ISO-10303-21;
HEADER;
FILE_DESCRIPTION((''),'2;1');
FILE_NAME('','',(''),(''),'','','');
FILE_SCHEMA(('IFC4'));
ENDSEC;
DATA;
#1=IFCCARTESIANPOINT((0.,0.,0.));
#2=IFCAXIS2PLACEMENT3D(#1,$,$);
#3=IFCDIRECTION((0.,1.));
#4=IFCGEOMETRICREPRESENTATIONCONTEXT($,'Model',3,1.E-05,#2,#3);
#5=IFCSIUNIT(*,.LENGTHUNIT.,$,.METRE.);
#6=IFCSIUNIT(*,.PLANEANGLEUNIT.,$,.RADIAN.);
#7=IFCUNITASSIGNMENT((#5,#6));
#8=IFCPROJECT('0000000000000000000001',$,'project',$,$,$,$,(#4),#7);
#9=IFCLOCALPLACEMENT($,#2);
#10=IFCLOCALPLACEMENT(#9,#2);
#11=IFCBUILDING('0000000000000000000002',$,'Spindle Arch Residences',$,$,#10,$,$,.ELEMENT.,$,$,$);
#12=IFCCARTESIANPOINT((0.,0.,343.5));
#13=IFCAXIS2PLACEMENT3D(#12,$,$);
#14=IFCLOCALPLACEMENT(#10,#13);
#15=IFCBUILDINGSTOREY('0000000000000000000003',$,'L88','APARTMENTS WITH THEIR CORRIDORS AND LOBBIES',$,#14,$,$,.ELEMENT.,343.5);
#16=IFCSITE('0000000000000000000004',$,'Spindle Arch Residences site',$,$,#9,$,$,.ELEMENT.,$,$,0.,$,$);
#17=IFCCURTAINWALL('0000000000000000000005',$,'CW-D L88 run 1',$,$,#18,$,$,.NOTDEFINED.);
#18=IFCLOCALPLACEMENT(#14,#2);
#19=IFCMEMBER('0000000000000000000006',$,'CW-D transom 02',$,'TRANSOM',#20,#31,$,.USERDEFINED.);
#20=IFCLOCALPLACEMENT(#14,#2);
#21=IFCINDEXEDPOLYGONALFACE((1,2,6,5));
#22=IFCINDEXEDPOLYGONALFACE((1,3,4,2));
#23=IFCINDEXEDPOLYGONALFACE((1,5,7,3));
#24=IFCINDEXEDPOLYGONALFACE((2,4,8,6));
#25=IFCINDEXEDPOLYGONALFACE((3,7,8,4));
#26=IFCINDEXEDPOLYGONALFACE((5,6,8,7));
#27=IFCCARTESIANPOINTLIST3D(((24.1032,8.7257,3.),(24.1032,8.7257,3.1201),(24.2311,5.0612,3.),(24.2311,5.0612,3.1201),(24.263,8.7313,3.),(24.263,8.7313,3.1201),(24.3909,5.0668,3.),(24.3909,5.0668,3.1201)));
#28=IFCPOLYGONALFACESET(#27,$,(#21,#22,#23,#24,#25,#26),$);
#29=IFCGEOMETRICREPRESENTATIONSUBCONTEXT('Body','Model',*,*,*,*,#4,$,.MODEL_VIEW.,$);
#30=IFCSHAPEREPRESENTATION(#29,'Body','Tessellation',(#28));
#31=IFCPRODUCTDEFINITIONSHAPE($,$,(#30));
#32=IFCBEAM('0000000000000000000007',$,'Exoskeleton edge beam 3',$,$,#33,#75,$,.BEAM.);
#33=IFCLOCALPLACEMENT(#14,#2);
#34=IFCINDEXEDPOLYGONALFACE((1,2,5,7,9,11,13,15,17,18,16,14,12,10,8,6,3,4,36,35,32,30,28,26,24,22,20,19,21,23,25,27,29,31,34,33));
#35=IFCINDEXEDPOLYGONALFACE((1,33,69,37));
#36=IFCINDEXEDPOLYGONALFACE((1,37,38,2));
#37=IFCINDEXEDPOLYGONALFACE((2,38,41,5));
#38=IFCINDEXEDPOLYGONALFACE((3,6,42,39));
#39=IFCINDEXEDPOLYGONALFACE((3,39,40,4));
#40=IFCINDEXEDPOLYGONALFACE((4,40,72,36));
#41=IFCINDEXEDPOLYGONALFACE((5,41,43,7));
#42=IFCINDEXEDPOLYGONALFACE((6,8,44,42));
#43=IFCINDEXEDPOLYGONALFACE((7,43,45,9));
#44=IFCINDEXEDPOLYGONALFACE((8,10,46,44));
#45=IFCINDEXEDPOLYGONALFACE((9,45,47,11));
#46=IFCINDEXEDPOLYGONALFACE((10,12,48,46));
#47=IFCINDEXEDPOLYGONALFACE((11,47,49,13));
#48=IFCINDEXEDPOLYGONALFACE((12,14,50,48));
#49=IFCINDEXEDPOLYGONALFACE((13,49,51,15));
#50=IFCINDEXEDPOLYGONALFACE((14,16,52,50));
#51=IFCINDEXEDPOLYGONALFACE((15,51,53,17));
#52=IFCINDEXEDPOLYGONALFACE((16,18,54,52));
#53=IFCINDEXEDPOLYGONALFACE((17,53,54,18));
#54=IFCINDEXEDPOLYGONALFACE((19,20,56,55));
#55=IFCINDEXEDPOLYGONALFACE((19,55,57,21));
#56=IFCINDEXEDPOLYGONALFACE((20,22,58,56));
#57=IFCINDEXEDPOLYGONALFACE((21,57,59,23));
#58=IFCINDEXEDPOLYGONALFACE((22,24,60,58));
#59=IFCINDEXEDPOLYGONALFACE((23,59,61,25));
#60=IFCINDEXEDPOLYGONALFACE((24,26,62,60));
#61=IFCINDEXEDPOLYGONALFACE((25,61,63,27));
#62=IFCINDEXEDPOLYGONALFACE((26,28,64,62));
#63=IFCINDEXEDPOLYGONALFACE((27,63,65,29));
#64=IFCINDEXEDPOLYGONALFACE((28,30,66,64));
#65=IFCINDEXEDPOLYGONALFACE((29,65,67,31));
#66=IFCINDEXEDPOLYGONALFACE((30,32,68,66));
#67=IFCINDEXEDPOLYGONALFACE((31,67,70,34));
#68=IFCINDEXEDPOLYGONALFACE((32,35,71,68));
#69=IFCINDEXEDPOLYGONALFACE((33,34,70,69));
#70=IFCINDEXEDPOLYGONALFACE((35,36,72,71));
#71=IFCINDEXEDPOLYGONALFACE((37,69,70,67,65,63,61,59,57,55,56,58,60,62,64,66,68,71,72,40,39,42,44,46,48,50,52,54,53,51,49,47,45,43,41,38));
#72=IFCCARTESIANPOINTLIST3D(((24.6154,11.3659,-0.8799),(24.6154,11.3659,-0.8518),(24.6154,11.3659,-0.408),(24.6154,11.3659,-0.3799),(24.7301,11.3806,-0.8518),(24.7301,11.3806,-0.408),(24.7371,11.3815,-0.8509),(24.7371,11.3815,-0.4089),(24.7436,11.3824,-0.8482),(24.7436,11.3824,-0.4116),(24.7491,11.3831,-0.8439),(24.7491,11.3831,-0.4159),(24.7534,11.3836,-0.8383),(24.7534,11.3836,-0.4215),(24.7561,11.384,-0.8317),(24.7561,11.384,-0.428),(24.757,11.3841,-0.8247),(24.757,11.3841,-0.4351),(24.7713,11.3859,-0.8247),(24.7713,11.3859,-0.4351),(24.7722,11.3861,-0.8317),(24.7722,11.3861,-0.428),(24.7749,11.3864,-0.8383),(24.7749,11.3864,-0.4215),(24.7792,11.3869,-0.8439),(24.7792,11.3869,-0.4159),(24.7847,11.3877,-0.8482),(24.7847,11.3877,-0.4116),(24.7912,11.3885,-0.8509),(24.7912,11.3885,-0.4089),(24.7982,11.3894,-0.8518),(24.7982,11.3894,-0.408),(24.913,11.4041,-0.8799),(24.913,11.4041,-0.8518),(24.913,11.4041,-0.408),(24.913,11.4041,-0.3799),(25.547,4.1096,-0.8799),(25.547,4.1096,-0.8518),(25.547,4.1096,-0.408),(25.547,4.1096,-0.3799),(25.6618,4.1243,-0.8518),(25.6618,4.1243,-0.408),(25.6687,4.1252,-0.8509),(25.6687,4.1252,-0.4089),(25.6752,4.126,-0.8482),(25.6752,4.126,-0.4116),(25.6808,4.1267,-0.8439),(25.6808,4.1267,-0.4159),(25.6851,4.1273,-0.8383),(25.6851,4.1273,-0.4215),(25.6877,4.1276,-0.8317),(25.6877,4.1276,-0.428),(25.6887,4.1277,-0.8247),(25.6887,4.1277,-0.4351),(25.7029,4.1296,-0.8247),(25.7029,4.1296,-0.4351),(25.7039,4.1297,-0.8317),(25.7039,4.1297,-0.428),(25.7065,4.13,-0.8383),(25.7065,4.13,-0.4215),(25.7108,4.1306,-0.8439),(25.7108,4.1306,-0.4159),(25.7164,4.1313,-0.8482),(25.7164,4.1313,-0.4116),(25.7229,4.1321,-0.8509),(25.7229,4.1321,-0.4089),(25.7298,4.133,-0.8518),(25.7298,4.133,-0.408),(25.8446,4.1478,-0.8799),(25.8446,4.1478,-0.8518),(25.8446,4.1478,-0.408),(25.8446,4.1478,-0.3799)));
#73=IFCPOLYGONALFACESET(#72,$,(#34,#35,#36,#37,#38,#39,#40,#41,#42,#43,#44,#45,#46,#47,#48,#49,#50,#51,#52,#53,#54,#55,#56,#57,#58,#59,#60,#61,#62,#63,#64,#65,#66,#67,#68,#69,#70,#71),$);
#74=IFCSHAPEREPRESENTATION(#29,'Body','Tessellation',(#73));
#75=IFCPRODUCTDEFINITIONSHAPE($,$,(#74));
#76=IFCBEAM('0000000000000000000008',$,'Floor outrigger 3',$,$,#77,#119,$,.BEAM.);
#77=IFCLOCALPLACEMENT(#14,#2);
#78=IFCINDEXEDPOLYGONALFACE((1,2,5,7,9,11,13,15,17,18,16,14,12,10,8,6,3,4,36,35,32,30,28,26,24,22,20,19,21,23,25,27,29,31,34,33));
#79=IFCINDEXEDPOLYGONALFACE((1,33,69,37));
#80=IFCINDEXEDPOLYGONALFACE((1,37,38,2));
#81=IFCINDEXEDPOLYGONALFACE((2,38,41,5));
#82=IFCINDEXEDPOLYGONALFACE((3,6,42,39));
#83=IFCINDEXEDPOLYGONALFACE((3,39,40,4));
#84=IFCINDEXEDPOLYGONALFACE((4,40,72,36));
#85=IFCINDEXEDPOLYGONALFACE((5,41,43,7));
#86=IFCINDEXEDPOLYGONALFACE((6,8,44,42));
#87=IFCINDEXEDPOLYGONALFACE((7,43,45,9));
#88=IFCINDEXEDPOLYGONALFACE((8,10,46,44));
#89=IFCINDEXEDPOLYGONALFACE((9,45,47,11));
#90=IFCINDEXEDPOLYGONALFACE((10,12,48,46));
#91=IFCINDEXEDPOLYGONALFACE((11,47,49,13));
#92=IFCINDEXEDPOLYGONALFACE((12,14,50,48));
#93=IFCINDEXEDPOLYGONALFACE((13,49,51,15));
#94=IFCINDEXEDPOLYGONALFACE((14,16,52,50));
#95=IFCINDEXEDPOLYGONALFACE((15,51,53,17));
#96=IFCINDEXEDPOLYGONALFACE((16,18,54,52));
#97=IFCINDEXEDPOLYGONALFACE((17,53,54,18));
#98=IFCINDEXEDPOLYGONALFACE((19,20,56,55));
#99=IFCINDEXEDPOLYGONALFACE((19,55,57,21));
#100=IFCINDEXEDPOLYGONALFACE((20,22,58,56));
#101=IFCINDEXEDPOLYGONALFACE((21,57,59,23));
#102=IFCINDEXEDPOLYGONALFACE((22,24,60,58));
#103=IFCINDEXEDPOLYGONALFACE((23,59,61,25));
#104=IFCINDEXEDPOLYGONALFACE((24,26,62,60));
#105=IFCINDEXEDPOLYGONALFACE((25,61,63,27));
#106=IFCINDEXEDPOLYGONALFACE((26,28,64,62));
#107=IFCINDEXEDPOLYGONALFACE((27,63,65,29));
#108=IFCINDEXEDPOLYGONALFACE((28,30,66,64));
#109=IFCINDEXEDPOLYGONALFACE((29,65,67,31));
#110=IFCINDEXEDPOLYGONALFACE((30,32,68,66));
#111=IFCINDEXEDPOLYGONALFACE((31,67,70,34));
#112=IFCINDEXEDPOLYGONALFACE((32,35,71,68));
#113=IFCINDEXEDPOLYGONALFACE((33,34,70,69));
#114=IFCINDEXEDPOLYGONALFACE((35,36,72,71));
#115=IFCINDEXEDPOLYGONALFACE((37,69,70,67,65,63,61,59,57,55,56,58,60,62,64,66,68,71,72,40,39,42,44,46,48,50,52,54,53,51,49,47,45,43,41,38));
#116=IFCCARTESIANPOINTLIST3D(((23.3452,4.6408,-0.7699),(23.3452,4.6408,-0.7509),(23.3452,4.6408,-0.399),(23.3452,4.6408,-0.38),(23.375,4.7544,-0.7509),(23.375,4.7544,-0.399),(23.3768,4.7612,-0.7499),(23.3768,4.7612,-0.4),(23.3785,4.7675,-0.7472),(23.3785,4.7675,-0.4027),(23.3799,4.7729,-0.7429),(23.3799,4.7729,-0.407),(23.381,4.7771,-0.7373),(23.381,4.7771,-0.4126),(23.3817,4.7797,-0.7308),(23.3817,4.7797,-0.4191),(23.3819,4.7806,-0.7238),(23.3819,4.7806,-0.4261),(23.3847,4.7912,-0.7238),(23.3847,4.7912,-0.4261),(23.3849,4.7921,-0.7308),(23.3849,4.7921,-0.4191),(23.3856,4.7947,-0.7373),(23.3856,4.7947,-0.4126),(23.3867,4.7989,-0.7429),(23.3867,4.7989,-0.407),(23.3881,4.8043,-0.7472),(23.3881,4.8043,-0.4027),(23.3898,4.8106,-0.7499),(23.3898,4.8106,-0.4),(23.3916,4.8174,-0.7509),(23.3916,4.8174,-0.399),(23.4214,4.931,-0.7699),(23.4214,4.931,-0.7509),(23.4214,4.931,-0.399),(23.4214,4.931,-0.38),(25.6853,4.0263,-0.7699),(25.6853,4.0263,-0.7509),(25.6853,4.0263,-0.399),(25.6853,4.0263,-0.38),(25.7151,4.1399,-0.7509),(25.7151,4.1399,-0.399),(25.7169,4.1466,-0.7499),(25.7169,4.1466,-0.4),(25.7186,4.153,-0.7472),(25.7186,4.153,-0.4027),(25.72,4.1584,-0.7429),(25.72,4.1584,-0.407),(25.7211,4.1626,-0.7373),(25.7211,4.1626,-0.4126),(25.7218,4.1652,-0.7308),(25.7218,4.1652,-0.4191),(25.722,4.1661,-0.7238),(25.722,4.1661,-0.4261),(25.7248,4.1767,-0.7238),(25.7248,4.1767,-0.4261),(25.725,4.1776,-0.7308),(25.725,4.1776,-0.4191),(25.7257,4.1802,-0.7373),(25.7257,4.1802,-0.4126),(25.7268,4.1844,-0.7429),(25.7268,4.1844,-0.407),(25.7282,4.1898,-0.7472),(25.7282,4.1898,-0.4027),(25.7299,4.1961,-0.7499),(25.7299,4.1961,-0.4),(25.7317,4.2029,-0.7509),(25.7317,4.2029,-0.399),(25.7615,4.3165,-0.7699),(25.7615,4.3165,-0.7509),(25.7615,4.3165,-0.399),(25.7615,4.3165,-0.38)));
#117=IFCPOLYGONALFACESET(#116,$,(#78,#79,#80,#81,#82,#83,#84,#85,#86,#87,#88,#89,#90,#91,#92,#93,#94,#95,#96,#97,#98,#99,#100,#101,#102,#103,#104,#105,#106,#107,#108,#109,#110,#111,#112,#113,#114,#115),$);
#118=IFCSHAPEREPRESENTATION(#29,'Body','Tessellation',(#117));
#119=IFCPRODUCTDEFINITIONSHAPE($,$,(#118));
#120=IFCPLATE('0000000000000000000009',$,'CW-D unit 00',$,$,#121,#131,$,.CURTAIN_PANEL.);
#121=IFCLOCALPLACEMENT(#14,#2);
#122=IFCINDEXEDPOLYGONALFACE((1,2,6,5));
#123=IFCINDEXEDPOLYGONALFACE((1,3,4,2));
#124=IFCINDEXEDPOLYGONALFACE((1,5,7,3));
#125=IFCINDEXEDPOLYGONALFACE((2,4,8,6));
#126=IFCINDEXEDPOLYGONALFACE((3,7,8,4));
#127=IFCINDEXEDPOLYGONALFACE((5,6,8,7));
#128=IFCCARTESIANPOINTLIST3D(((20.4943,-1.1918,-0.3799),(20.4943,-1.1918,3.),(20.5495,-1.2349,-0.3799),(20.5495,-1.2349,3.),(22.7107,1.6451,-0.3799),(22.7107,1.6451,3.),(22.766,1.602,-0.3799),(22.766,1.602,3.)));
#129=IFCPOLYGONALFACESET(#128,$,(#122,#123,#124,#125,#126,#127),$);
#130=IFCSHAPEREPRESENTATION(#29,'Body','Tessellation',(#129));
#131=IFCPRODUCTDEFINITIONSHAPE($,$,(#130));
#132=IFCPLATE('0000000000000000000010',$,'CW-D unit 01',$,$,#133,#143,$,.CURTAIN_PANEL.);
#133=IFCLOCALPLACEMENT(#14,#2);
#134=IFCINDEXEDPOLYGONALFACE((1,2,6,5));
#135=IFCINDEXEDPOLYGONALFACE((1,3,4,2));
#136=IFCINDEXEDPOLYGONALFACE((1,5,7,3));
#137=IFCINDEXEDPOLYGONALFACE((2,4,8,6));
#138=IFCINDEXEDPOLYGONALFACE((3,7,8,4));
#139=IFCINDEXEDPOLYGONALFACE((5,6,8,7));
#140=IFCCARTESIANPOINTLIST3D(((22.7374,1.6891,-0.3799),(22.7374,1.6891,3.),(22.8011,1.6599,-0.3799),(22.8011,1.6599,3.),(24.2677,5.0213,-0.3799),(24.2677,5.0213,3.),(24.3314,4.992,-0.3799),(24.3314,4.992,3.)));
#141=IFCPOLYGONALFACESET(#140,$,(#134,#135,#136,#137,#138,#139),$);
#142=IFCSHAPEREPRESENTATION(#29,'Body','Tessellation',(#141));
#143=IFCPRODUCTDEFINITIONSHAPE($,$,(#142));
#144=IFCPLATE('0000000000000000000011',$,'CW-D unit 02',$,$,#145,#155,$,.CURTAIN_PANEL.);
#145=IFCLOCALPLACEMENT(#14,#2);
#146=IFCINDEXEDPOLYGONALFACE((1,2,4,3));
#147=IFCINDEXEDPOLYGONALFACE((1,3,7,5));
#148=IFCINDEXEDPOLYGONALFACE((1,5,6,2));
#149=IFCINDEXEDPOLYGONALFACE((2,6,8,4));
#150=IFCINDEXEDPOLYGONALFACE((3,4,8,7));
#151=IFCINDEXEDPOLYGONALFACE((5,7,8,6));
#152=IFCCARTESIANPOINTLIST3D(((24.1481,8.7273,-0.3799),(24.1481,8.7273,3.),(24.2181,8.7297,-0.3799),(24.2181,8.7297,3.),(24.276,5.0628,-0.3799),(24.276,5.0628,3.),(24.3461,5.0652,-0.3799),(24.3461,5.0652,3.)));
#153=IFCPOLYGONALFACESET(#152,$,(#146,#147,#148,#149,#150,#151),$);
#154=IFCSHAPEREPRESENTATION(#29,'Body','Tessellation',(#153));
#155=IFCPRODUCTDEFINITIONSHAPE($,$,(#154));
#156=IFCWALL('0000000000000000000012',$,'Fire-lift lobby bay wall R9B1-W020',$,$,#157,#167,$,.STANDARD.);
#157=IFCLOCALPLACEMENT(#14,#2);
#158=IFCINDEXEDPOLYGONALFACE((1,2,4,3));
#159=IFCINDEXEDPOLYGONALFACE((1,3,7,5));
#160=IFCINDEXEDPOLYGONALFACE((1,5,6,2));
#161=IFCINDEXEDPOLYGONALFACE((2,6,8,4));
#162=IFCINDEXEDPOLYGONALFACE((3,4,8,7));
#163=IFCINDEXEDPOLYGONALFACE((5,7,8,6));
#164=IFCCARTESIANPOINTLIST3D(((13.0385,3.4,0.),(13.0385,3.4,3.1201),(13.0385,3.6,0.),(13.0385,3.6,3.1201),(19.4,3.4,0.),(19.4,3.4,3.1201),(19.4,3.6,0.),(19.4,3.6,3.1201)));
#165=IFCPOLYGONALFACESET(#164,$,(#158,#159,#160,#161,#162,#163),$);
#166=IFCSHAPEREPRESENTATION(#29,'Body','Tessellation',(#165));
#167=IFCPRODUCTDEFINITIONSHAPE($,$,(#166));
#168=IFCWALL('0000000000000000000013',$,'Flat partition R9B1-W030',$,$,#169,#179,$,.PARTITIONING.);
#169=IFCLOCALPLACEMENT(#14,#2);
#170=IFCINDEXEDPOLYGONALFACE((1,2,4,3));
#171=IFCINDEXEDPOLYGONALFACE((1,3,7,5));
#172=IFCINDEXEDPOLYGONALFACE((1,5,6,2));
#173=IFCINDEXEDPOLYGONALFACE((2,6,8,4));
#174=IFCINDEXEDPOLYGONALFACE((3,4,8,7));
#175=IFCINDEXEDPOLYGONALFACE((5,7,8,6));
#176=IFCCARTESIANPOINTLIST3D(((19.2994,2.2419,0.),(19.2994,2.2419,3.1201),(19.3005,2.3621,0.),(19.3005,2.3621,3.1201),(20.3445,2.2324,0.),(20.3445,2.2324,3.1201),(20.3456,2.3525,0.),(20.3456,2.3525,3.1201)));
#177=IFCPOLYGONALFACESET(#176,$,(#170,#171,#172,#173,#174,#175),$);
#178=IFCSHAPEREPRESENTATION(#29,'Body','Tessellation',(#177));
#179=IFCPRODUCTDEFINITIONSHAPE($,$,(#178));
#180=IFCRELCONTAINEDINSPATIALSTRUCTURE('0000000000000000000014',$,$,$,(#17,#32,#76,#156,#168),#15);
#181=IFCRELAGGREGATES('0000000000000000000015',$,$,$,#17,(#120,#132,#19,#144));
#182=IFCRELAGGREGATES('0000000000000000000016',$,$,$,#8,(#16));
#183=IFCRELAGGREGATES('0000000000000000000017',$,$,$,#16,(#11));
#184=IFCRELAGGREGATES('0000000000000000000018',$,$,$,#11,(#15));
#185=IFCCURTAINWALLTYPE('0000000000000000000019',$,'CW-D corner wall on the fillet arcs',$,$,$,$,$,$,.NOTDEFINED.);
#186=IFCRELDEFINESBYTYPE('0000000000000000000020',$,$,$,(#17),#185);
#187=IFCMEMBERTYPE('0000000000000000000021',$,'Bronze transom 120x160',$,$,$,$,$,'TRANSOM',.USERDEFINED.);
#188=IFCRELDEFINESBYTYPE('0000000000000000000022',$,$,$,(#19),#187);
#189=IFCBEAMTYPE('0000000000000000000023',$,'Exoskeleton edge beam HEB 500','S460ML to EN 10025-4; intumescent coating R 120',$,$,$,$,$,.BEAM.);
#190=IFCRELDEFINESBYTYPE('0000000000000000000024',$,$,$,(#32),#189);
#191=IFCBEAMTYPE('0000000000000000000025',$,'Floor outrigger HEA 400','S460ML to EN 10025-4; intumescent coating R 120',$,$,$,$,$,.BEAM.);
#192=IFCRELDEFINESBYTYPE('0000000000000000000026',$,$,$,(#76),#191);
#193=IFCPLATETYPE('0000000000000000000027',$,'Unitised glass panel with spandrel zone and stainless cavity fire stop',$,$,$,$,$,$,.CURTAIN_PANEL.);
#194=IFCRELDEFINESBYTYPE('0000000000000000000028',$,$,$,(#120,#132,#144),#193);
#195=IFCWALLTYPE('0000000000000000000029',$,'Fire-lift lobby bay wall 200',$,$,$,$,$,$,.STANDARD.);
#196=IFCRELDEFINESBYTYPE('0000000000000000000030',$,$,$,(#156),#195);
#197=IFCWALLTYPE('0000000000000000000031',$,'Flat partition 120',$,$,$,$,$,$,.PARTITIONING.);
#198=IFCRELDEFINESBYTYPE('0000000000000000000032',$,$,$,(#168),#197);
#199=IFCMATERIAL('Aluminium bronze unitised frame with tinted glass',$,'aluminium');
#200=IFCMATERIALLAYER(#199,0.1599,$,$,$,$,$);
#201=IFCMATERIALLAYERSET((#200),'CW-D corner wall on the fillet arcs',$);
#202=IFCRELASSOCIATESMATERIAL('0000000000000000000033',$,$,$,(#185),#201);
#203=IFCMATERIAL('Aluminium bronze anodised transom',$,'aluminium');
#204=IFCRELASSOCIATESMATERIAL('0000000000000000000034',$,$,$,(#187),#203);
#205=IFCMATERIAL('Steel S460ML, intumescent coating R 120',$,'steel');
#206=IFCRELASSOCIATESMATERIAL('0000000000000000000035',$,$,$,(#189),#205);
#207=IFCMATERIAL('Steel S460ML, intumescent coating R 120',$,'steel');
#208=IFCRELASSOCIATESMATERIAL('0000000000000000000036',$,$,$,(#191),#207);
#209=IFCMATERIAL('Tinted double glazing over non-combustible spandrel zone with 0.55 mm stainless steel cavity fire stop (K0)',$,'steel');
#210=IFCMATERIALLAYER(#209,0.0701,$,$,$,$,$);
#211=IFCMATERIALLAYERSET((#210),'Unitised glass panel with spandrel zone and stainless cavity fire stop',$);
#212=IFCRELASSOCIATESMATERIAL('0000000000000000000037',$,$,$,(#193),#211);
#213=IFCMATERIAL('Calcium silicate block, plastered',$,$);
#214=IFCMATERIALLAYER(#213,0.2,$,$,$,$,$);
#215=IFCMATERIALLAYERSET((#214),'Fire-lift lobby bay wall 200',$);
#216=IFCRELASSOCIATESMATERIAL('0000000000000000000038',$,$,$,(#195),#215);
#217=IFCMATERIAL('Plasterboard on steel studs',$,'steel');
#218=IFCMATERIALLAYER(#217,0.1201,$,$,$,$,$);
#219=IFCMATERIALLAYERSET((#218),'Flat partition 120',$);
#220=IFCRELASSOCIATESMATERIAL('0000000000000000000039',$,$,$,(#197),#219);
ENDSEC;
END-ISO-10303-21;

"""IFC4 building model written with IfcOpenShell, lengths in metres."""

from ifc_helpers import new_model, si_unit, direction, frame, frame_2d, origin, origin_2d, place, context, subcontext, project, spatial, rectangle, i_section, extrude, material, layer, layer_set, material_profile, profile_set, type_object, element, aggregate, save


model = new_model("IFC4")

# Units and contexts
model_context = context("Model", 3, precision=1e-05, world=origin(), true_north=direction((0.0, 1.0)))
body_context = subcontext(model_context, "Body", "Model", "MODEL_VIEW")
ifc_project = project(units=[si_unit("LENGTHUNIT", "METRE"), si_unit("PLANEANGLEUNIT", "RADIAN")], contexts=[model_context])

# Site, building, storey
site_placement = place(None, origin())
site = spatial("IfcSite", under=ifc_project, at=site_placement, Name="Spindle Arch Residences site", CompositionType="ELEMENT", RefElevation=0.0)
building_placement = place(site_placement, origin())
building = spatial("IfcBuilding", under=site, at=building_placement, Name="Spindle Arch Residences", CompositionType="ELEMENT")
storey_placement = place(building_placement, frame((0.0, 0.0, 343.5)))
storey = spatial("IfcBuildingStorey", under=building, at=storey_placement, Name="L88", Description="APARTMENTS WITH THEIR CORRIDORS AND LOBBIES", CompositionType="ELEMENT", Elevation=343.5)

# Curtain wall, member
ifc_material_1 = material(Name="Aluminium bronze unitised frame with tinted glass", Category="aluminium")
ifc_layer_1 = layer(ifc_material_1, 0.1599)
ifc_layer_set_1 = layer_set([ifc_layer_1], Name="CW-D corner wall on the fillet arcs")
curtain_wall_type = type_object("IfcCurtainWallType", Name="CW-D corner wall on the fillet arcs", PredefinedType="NOTDEFINED", material=ifc_layer_set_1)
curtain_wall_placement = place(storey_placement, origin())
curtain_wall = element("IfcCurtainWall", 1, at=curtain_wall_placement, inside=storey, type_object=curtain_wall_type, Name="CW-D L88 run 1", PredefinedType="NOTDEFINED")
ifc_material_2 = material(Name="Aluminium bronze anodised transom", Category="aluminium")
ifc_material_profile_1 = material_profile(ifc_material_2, rectangle(XDim=0.1599, YDim=0.1201, at=origin_2d()), Name="TR 120x160")
ifc_profile_set_1 = profile_set([ifc_material_profile_1], Name="Aluminium bronze anodised transom")
member_type_1 = type_object("IfcMemberType", Name="Bronze transom 120x160", ElementType="TRANSOM", PredefinedType="USERDEFINED", material=ifc_profile_set_1)
member_1_placement = place(storey_placement, frame((24.311, 5.064, 3.0601), z_axis=(-0.034889, 0.999391, 0.0), x_axis=(-0.999391, -0.034889, 0.0)))
member_1 = element("IfcMember", 2, at=member_1_placement, type_object=member_type_1, Name="CW-D transom 02", ObjectType="TRANSOM", PredefinedType="USERDEFINED", context=body_context, shape_type="SweptSolid", body=[
    extrude(rectangle(XDim=0.1599, YDim=0.1201, at=origin_2d()), origin(), (0.0, 0.0, 1.0), 3.6667),
])

# Beams
ifc_material_3 = material(Name="Steel S460ML, intumescent coating R 120", Category="steel")
ifc_material_profile_2 = material_profile(ifc_material_3, i_section(OverallWidth=0.3, OverallDepth=0.5, WebThickness=0.0144, FlangeThickness=0.0281, FilletRadius=0.0271, at=origin_2d()), Name="HEB 500")
ifc_profile_set_2 = profile_set([ifc_material_profile_2], Name="Steel S460ML, intumescent coating R 120")
beam_type_1 = type_object("IfcBeamType", Name="Exoskeleton edge beam HEB 500", Description="S460ML to EN 10025-4; intumescent coating R 120", PredefinedType="BEAM", material=ifc_profile_set_2)
beam_1_placement = place(storey_placement, frame((25.6958, 4.1287, -0.6299), z_axis=(-0.127344, 0.991859, 0.0), x_axis=(-0.991859, -0.127344, 0.0)))
element("IfcBeam", 3, at=beam_1_placement, inside=storey, type_object=beam_type_1, Name="Exoskeleton edge beam 3", PredefinedType="BEAM", context=body_context, shape_type="SweptSolid", body=[
    extrude(i_section(OverallWidth=0.3, OverallDepth=0.5, WebThickness=0.0144, FlangeThickness=0.0281, FilletRadius=0.0271, at=origin_2d()), origin(), (0.0, 0.0, 1.0), 7.3159),
])
ifc_material_4 = material(Name="Steel S460ML, intumescent coating R 120", Category="steel")
ifc_material_profile_3 = material_profile(ifc_material_4, i_section(OverallWidth=0.3, OverallDepth=0.3899, WebThickness=0.011, FlangeThickness=0.019, FilletRadius=0.0271, at=origin_2d()), Name="HEA 400")
ifc_profile_set_3 = profile_set([ifc_material_profile_3], Name="Steel S460ML, intumescent coating R 120")
beam_type_2 = type_object("IfcBeamType", Name="Floor outrigger HEA 400", Description="S460ML to EN 10025-4; intumescent coating R 120", PredefinedType="BEAM", material=ifc_profile_set_3)
beam_2_placement = place(storey_placement, frame((25.7234, 4.1714, -0.575), z_axis=(-0.967208, 0.253987, 0.0), x_axis=(-0.253987, -0.967208, 0.0)))
element("IfcBeam", 4, at=beam_2_placement, inside=storey, type_object=beam_type_2, Name="Floor outrigger 3", PredefinedType="BEAM", context=body_context, shape_type="SweptSolid", body=[
    extrude(i_section(OverallWidth=0.3, OverallDepth=0.3899, WebThickness=0.011, FlangeThickness=0.019, FilletRadius=0.0271, at=origin_2d()), origin(), (0.0, 0.0, 1.0), 2.4194),
])

# Plates
ifc_material_5 = material(Name="Tinted double glazing over non-combustible spandrel zone with 0.55 mm stainless steel cavity fire stop (K0)", Category="steel")
ifc_layer_2 = layer(ifc_material_5, 0.0701)
ifc_layer_set_2 = layer_set([ifc_layer_2], Name="Unitised glass panel with spandrel zone and stainless cavity fire stop")
plate_type = type_object("IfcPlateType", Name="Unitised glass panel with spandrel zone and stainless cavity fire stop", PredefinedType="CURTAIN_PANEL", material=ifc_layer_set_2)
plate_1_placement = place(storey_placement, frame((21.6301, 0.2051, -0.3799), z_axis=(0.0, 0.0, 1.0), x_axis=(0.615661, 0.788011, 0.0)))
plate_1 = element("IfcPlate", 5, at=plate_1_placement, type_object=plate_type, Name="CW-D unit 00", PredefinedType="CURTAIN_PANEL", context=body_context, shape_type="SweptSolid", body=[
    extrude(rectangle(XDim=3.6001, YDim=0.0701, at=origin_2d()), origin(), (0.0, 0.0, 1.0), 3.3799),
])
plate_2_placement = place(storey_placement, frame((23.5344, 3.3406, -0.3799), z_axis=(0.0, 0.0, 1.0), x_axis=(0.417338, 0.908751, 0.0)))
plate_2 = element("IfcPlate", 6, at=plate_2_placement, type_object=plate_type, Name="CW-D unit 01", PredefinedType="CURTAIN_PANEL", context=body_context, shape_type="SweptSolid", body=[
    extrude(rectangle(XDim=3.6667, YDim=0.0701, at=origin_2d()), origin(), (0.0, 0.0, 1.0), 3.3799),
])
plate_3_placement = place(storey_placement, frame((24.2471, 6.8962, -0.3799), z_axis=(0.0, 0.0, 1.0), x_axis=(-0.034899, 0.999391, 0.0)))
plate_3 = element("IfcPlate", 7, at=plate_3_placement, type_object=plate_type, Name="CW-D unit 02", PredefinedType="CURTAIN_PANEL", context=body_context, shape_type="SweptSolid", body=[
    extrude(rectangle(XDim=3.6667, YDim=0.0701, at=origin_2d()), origin(), (0.0, 0.0, 1.0), 3.3799),
])
aggregate(curtain_wall, [plate_1, plate_2, member_1, plate_3])

# Walls
ifc_material_6 = material(Name="Calcium silicate block, plastered")
ifc_layer_3 = layer(ifc_material_6, 0.2)
ifc_layer_set_3 = layer_set([ifc_layer_3], Name="Fire-lift lobby bay wall 200")
wall_type_1 = type_object("IfcWallType", Name="Fire-lift lobby bay wall 200", PredefinedType="STANDARD", material=ifc_layer_set_3)
wall_1_placement = place(storey_placement, frame((19.3999, 3.5, 0.0), z_axis=(0.0, 0.0, 1.0), x_axis=(-1.0, 0.0, 0.0)))
element("IfcWall", 8, at=wall_1_placement, inside=storey, type_object=wall_type_1, Name="Fire-lift lobby bay wall R9B1-W020", PredefinedType="STANDARD", context=body_context, shape_type="SweptSolid", body=[
    extrude(rectangle(XDim=6.3616, YDim=0.2, at=frame_2d((3.1807, 0.0))), origin(), (0.0, 0.0, 1.0), 3.1201),
])
ifc_material_7 = material(Name="Plasterboard on steel studs", Category="steel")
ifc_layer_4 = layer(ifc_material_7, 0.1201)
ifc_layer_set_4 = layer_set([ifc_layer_4], Name="Flat partition 120")
wall_type_2 = type_object("IfcWallType", Name="Flat partition 120", PredefinedType="PARTITIONING", material=ifc_layer_set_4)
wall_2_placement = place(storey_placement, frame((19.3, 2.302, 0.0), z_axis=(0.0, 0.0, 1.0), x_axis=(0.999959, -0.00911, 0.0)))
element("IfcWall", 9, at=wall_2_placement, inside=storey, type_object=wall_type_2, Name="Flat partition R9B1-W030", PredefinedType="PARTITIONING", context=body_context, shape_type="SweptSolid", body=[
    extrude(rectangle(XDim=1.0452, YDim=0.1201, at=frame_2d((0.5225, 0.0))), origin(), (0.0, 0.0, 1.0), 3.1201),
])

save(model, "model.ifc")
